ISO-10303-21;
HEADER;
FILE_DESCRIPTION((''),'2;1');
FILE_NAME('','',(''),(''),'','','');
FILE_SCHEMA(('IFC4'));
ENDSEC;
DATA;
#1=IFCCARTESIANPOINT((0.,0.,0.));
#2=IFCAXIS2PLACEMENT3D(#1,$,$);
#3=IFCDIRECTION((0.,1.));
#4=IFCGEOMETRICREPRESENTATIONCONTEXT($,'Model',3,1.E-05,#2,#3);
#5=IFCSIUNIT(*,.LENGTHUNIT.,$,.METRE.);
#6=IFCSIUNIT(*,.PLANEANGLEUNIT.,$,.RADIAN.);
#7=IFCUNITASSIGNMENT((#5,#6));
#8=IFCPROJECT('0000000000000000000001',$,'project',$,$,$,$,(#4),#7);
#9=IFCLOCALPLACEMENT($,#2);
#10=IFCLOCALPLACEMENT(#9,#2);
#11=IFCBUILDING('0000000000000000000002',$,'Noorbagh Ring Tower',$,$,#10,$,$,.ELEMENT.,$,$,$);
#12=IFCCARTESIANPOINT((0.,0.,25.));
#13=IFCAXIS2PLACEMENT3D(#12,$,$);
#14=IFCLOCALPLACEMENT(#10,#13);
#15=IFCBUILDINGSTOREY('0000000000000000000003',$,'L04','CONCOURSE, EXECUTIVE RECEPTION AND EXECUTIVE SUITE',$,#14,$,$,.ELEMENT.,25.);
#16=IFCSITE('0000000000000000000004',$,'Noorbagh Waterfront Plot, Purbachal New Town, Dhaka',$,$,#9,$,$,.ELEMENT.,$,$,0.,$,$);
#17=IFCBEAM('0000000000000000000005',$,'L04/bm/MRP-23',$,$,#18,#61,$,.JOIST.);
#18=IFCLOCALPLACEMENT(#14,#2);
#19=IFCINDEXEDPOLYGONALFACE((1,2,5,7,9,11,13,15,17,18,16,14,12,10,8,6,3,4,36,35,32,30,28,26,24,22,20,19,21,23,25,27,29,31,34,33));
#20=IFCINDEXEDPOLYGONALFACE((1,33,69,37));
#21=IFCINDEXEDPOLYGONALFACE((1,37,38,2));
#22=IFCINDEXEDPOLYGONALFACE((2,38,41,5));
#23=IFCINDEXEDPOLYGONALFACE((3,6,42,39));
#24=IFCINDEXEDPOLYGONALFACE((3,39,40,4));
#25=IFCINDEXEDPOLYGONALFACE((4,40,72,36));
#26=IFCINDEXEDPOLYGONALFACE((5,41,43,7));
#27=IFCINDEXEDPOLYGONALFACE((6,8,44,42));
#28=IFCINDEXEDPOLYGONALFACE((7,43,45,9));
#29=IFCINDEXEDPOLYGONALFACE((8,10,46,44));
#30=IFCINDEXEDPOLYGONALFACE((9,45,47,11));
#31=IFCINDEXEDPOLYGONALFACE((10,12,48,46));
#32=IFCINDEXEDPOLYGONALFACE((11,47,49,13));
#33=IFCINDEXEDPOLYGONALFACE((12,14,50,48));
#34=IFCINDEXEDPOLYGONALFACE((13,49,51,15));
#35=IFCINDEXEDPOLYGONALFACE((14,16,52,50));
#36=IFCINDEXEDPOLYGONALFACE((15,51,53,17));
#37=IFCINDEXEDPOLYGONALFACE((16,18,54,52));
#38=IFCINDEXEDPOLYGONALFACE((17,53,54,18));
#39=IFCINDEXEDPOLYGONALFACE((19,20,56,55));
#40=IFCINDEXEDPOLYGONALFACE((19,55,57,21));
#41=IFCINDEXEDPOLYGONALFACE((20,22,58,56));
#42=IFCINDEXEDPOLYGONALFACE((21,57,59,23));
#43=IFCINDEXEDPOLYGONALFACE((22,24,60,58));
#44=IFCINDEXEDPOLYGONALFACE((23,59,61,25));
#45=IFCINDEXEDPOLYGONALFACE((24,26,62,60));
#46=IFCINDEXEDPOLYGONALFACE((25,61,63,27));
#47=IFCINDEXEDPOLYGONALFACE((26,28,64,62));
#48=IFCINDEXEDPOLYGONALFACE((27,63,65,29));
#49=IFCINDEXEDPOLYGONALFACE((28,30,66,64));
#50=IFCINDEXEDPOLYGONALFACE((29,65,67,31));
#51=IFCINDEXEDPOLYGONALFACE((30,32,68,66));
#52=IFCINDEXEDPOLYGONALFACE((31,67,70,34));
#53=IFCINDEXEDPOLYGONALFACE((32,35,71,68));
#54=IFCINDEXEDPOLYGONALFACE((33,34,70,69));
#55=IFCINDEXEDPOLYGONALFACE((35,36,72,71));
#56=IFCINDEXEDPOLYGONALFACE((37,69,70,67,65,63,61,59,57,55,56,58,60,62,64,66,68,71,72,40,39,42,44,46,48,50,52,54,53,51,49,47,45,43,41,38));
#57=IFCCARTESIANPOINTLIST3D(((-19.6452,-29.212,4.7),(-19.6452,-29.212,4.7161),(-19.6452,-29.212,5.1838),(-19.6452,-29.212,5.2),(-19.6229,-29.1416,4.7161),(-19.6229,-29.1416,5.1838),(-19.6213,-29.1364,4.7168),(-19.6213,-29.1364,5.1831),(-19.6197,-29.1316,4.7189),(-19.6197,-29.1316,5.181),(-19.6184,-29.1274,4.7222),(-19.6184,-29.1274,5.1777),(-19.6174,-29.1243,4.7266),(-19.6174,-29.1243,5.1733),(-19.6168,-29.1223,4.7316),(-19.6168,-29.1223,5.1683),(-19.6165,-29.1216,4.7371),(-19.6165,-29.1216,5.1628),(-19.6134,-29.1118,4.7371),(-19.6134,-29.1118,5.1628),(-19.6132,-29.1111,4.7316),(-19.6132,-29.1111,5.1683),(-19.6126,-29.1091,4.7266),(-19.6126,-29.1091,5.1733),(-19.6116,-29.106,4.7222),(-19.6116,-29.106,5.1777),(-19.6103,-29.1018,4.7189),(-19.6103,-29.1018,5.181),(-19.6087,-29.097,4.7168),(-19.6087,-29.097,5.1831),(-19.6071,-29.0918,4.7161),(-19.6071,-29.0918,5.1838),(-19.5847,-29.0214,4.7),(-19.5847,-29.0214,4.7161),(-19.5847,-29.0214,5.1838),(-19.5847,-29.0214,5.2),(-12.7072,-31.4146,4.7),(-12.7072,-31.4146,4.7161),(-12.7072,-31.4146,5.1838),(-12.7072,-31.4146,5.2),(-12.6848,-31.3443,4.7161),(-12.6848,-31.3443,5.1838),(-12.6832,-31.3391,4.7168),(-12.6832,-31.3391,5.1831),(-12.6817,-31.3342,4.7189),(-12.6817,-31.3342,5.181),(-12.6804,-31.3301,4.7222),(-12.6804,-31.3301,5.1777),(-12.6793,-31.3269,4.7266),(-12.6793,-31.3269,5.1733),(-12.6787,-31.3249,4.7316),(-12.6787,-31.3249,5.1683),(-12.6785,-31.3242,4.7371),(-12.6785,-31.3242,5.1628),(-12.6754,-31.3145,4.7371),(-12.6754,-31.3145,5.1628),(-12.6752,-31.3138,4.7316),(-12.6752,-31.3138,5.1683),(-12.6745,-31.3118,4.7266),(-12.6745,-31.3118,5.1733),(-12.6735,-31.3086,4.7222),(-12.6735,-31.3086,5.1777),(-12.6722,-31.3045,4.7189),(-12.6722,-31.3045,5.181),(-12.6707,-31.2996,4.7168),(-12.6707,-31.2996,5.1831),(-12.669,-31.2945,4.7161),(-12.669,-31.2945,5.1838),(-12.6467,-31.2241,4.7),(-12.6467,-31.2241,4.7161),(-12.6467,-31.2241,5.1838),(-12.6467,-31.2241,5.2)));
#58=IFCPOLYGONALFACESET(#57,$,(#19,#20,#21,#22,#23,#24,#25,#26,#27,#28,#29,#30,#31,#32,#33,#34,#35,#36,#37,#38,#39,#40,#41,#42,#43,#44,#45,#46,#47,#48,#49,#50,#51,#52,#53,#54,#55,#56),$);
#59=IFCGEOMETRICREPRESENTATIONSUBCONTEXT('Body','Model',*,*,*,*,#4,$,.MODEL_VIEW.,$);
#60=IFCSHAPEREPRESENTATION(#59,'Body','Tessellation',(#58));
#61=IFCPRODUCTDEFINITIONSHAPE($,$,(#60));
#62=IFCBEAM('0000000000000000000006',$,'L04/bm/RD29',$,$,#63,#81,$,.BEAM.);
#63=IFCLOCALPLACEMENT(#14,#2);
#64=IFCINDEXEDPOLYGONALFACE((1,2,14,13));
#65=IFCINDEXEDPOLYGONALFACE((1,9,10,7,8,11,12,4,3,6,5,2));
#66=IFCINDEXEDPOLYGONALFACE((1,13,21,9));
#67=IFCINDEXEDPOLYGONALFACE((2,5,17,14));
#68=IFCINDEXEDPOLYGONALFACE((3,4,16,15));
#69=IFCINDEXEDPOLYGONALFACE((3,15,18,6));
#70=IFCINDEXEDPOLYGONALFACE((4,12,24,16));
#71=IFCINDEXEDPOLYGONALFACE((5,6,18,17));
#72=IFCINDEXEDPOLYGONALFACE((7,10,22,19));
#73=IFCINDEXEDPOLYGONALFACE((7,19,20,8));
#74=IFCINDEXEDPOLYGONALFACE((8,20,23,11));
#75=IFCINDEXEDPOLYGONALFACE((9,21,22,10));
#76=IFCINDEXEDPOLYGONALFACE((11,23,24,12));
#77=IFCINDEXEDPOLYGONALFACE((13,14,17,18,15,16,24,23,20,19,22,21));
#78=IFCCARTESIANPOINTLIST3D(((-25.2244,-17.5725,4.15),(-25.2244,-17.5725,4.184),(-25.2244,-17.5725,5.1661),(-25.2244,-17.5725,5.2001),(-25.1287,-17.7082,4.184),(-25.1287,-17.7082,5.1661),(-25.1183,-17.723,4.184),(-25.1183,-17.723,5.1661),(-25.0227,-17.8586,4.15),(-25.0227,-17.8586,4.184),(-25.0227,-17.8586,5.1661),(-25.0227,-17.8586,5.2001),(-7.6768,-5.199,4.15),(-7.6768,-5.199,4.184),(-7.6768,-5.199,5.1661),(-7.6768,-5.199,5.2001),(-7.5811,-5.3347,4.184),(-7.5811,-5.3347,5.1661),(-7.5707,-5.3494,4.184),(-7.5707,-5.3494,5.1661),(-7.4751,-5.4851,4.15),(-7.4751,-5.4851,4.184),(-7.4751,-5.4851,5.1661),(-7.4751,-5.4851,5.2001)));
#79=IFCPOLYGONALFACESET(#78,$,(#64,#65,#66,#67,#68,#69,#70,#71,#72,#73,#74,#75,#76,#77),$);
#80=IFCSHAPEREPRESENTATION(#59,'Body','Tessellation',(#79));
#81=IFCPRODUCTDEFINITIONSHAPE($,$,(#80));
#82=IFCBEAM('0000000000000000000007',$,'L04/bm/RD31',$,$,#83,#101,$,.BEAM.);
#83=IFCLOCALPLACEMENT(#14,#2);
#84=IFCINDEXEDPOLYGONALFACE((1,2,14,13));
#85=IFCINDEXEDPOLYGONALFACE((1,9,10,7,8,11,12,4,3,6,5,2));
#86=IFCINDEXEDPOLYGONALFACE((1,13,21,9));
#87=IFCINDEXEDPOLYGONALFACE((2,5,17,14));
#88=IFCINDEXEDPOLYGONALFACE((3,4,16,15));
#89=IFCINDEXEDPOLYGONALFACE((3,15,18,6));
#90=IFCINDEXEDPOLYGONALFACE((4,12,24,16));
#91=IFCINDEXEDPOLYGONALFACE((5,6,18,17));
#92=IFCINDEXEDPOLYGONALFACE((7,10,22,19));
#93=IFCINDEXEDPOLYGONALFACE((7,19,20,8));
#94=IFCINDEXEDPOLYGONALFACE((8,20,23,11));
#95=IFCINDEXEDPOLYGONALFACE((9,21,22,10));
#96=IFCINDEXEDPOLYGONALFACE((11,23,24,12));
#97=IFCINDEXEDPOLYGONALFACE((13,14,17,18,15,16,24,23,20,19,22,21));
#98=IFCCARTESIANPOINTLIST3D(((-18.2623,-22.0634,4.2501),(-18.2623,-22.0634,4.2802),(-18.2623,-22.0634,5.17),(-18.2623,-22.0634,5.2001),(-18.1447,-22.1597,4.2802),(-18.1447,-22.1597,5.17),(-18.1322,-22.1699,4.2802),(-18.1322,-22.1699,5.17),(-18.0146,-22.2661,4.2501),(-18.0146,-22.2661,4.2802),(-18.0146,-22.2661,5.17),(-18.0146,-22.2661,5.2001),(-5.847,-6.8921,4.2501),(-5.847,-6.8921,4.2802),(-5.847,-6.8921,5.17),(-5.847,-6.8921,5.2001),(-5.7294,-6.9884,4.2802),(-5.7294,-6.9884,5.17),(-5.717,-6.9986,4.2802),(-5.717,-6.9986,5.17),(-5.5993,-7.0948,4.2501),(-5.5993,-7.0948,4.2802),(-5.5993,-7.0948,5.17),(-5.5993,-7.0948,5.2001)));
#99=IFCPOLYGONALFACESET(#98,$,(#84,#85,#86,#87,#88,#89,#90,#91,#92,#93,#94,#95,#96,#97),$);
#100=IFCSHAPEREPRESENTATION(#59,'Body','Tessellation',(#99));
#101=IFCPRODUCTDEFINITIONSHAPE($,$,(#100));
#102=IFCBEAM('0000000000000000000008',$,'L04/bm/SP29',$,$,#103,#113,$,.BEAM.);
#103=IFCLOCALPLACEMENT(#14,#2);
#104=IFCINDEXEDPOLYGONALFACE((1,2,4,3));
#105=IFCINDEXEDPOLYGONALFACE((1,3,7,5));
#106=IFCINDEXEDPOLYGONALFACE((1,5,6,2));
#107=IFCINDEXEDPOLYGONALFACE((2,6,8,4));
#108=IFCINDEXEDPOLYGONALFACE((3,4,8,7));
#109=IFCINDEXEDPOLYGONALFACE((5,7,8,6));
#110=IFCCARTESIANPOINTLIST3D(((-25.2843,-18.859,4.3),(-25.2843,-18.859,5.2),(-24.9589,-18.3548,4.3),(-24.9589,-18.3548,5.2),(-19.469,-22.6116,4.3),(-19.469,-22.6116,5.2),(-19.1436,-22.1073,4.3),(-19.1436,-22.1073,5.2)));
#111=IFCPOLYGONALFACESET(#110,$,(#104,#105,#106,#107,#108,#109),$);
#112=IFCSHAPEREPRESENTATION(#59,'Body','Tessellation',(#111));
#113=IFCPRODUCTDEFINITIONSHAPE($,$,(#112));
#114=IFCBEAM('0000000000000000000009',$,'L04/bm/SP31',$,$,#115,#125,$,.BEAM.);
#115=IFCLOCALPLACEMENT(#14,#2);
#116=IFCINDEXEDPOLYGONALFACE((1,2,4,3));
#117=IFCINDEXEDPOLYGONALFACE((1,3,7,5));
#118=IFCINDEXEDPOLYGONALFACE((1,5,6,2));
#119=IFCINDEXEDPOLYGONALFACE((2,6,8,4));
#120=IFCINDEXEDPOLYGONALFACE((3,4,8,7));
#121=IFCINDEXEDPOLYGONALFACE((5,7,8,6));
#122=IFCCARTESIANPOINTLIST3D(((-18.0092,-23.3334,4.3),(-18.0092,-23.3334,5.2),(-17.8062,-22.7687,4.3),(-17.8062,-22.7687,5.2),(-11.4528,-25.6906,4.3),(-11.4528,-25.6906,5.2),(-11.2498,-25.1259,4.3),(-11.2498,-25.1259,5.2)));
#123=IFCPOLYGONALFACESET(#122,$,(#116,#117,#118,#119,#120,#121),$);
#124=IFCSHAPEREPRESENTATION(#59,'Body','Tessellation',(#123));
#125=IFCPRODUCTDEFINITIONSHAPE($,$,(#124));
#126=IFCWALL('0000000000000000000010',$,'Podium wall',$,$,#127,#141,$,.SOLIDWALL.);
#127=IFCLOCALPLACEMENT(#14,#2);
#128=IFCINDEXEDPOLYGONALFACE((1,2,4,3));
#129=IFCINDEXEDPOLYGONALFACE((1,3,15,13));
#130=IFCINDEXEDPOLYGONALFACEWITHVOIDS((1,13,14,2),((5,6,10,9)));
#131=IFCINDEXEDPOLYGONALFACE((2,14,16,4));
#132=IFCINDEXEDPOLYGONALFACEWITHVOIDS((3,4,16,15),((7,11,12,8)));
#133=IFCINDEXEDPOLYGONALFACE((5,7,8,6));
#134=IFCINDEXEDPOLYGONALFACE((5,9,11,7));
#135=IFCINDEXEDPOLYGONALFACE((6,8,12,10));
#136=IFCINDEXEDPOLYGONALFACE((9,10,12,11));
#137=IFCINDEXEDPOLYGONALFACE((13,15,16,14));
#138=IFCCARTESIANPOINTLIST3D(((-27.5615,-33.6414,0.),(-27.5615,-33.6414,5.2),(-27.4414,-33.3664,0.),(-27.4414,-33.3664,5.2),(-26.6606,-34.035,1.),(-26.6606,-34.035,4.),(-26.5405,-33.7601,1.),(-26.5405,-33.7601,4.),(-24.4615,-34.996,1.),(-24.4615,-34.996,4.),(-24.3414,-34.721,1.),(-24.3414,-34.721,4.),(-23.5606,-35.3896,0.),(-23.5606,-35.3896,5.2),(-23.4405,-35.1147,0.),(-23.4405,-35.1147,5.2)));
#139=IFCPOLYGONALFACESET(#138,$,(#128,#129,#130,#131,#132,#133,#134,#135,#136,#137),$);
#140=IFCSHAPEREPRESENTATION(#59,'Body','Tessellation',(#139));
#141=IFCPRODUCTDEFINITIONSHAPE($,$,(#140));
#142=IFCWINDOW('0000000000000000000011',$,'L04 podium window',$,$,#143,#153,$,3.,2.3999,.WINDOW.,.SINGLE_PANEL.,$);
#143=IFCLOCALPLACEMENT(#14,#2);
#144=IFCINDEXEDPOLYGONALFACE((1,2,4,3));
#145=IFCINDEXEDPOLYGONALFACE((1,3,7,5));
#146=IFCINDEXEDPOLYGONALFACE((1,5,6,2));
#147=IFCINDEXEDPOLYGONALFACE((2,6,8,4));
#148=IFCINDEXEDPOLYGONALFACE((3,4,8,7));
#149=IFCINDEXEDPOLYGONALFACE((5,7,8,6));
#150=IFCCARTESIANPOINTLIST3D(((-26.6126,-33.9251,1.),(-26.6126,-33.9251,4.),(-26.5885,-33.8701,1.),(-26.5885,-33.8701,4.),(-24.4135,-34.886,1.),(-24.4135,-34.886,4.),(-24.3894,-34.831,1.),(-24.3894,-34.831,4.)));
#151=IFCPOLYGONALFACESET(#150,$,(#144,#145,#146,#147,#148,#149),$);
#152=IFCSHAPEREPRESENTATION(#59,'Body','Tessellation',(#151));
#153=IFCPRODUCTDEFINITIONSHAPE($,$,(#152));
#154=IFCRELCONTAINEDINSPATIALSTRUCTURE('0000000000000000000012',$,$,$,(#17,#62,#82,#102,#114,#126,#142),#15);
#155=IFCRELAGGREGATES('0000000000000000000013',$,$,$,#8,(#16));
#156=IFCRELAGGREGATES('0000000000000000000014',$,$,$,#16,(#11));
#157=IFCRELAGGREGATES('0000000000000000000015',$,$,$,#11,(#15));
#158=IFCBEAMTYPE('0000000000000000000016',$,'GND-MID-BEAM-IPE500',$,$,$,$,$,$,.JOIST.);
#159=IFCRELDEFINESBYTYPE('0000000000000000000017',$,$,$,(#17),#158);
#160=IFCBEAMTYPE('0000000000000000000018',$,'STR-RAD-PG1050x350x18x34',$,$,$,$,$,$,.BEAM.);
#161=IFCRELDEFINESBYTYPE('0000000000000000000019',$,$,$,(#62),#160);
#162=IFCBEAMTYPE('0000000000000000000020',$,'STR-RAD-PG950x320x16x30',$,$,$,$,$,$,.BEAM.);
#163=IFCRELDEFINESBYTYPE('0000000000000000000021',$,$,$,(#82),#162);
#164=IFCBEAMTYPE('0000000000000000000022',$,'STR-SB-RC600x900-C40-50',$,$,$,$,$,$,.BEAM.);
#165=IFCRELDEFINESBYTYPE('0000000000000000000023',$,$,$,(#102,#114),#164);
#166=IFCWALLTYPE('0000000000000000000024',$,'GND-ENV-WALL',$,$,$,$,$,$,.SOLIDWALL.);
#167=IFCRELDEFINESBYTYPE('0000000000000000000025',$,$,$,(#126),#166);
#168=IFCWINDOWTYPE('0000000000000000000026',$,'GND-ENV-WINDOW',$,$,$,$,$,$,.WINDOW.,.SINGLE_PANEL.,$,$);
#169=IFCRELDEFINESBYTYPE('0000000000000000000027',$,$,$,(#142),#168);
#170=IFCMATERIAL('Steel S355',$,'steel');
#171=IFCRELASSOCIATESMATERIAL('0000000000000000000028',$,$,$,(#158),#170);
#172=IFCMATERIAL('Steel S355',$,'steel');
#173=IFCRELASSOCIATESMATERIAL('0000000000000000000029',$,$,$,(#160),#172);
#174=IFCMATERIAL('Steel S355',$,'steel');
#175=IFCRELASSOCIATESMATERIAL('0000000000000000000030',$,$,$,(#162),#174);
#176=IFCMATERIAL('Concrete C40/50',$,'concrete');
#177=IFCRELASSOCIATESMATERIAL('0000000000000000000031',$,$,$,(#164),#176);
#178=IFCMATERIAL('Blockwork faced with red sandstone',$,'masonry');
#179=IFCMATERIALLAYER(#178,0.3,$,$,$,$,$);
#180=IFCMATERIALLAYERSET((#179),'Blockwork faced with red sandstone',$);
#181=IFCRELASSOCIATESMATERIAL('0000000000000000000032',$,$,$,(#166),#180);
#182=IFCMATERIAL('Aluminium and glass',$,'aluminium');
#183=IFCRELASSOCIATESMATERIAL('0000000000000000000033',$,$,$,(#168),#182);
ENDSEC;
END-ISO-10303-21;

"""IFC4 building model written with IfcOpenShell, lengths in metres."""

from ifc_helpers import new_model, si_unit, direction, frame, frame_2d, origin, origin_2d, place, context, subcontext, project, spatial, rectangle, i_section, extrude, material, layer, layer_set, material_profile, profile_set, type_object, element, fill, save


model = new_model("IFC4")

# Units and contexts
model_context = context("Model", 3, precision=1e-05, world=origin(), true_north=direction((0.0, 1.0)))
body_context = subcontext(model_context, "Body", "Model", "MODEL_VIEW")
ifc_project = project(units=[si_unit("LENGTHUNIT", "METRE"), si_unit("PLANEANGLEUNIT", "RADIAN")], contexts=[model_context])

# Site, building, storey
site_placement = place(None, origin())
site = spatial("IfcSite", under=ifc_project, at=site_placement, Name="Noorbagh Waterfront Plot, Purbachal New Town, Dhaka", CompositionType="ELEMENT", RefElevation=0.0)
building_placement = place(site_placement, origin())
building = spatial("IfcBuilding", under=site, at=building_placement, Name="Noorbagh Ring Tower", CompositionType="ELEMENT")
storey_placement = place(building_placement, frame((0.0, 0.0, 25.0)))
storey = spatial("IfcBuildingStorey", under=building, at=storey_placement, Name="L04", Description="CONCOURSE, EXECUTIVE RECEPTION AND EXECUTIVE SUITE", CompositionType="ELEMENT", Elevation=25.0)

# Beams
ifc_material_1 = material(Name="Steel S355", Category="steel")
ifc_material_profile_1 = material_profile(ifc_material_1, i_section(OverallWidth=0.2, OverallDepth=0.5, WebThickness=0.0103, FlangeThickness=0.0161, FilletRadius=0.021, at=origin_2d()), Name="IPE500")
ifc_profile_set_1 = profile_set([ifc_material_profile_1], Name="Steel S355")
beam_type_1 = type_object("IfcBeamType", Name="GND-MID-BEAM-IPE500", PredefinedType="JOIST", material=ifc_profile_set_1)
beam_1_placement = place(storey_placement, frame((-19.615, -29.1167, 4.95), z_axis=(0.95312, -0.302592, 0.0), x_axis=(0.302592, 0.95312, 0.0)))
element("IfcBeam", 1, at=beam_1_placement, inside=storey, type_object=beam_type_1, Name="L04/bm/MRP-23", PredefinedType="JOIST", context=body_context, shape_type="SweptSolid", body=[
    extrude(i_section(OverallWidth=0.2, OverallDepth=0.5, WebThickness=0.0103, FlangeThickness=0.0161, FilletRadius=0.021, at=origin_2d()), origin(), (0.0, 0.0, 1.0), 7.2793),
])
ifc_material_2 = material(Name="Steel S355", Category="steel")
ifc_material_profile_2 = material_profile(ifc_material_2, i_section(OverallWidth=0.3501, OverallDepth=1.05, WebThickness=0.0181, FlangeThickness=0.0339, at=origin_2d()), Name="PG1050x350x18x34")
ifc_profile_set_2 = profile_set([ifc_material_profile_2], Name="Steel S355")
beam_type_2 = type_object("IfcBeamType", Name="STR-RAD-PG1050x350x18x34", PredefinedType="BEAM", material=ifc_profile_set_2)
beam_2_placement = place(storey_placement, frame((-25.1235, -17.7156, 4.675), z_axis=(0.817253, 0.576279, 0.0), x_axis=(-0.576279, 0.817253, 0.0)))
element("IfcBeam", 2, at=beam_2_placement, inside=storey, type_object=beam_type_2, Name="L04/bm/RD29", PredefinedType="BEAM", context=body_context, shape_type="SweptSolid", body=[
    extrude(i_section(OverallWidth=0.3501, OverallDepth=1.05, WebThickness=0.0181, FlangeThickness=0.0339, at=origin_2d()), origin(), (0.0, 0.0, 1.0), 21.4714),
])
ifc_material_3 = material(Name="Steel S355", Category="steel")
ifc_material_profile_3 = material_profile(ifc_material_3, i_section(OverallWidth=0.3201, OverallDepth=0.95, WebThickness=0.0161, FlangeThickness=0.03, at=origin_2d()), Name="PG950x320x16x30")
ifc_profile_set_3 = profile_set([ifc_material_profile_3], Name="Steel S355")
beam_type_3 = type_object("IfcBeamType", Name="STR-RAD-PG950x320x16x30", PredefinedType="BEAM", material=ifc_profile_set_3)
beam_3_placement = place(storey_placement, frame((-18.1384, -22.1648, 4.7251), z_axis=(0.633309, 0.773899, 0.0), x_axis=(-0.773899, 0.633309, 0.0)))
element("IfcBeam", 3, at=beam_3_placement, inside=storey, type_object=beam_type_3, Name="L04/bm/RD31", PredefinedType="BEAM", context=body_context, shape_type="SweptSolid", body=[
    extrude(i_section(OverallWidth=0.3201, OverallDepth=0.95, WebThickness=0.0161, FlangeThickness=0.03, at=origin_2d()), origin(), (0.0, 0.0, 1.0), 19.6038),
])
ifc_material_4 = material(Name="Concrete C40/50", Category="concrete")
ifc_material_profile_4 = material_profile(ifc_material_4, rectangle(XDim=0.6001, YDim=0.8999, at=origin_2d()), Name="RC600x900")
ifc_profile_set_4 = profile_set([ifc_material_profile_4], Name="Concrete C40/50")
beam_type_4 = type_object("IfcBeamType", Name="STR-SB-RC600x900-C40-50", PredefinedType="BEAM", material=ifc_profile_set_4)
beam_4_placement = place(storey_placement, frame((-25.1216, -18.6069, 4.75), z_axis=(0.84025, -0.542199, 0.0), x_axis=(0.542199, 0.84025, 0.0)))
element("IfcBeam", 4, at=beam_4_placement, inside=storey, type_object=beam_type_4, Name="L04/bm/SP29", PredefinedType="BEAM", context=body_context, shape_type="SweptSolid", body=[
    extrude(rectangle(XDim=0.6001, YDim=0.8999, at=origin_2d()), origin(), (0.0, 0.0, 1.0), 6.9209),
])
beam_5_placement = place(storey_placement, frame((-17.9077, -23.051, 4.75), z_axis=(0.94103, -0.338322, 0.0), x_axis=(0.338322, 0.94103, 0.0)))
element("IfcBeam", 5, at=beam_5_placement, inside=storey, type_object=beam_type_4, Name="L04/bm/SP31", PredefinedType="BEAM", context=body_context, shape_type="SweptSolid", body=[
    extrude(rectangle(XDim=0.6001, YDim=0.8999, at=origin_2d()), origin(), (0.0, 0.0, 1.0), 6.9673),
])

# Wall, opening, window
ifc_material_5 = material(Name="Blockwork faced with red sandstone", Category="masonry")
ifc_layer_1 = layer(ifc_material_5, 0.3)
ifc_layer_set_1 = layer_set([ifc_layer_1], Name="Blockwork faced with red sandstone")
wall_type_1 = type_object("IfcWallType", Name="GND-ENV-WALL", PredefinedType="SOLIDWALL", material=ifc_layer_set_1)
wall_1_placement = place(storey_placement, frame((-27.5015, -33.5039, 0.0), z_axis=(0.0, 0.0, 1.0), x_axis=(0.916337, -0.400408, 0.0)))
wall_1 = element("IfcWall", 6, at=wall_1_placement, inside=storey, type_object=wall_type_1, Name="Podium wall", PredefinedType="SOLIDWALL", context=body_context, shape_type="SweptSolid", body=[
    extrude(rectangle(XDim=4.3662, YDim=0.3, at=frame_2d((2.1831, 0.0))), origin(), (0.0, 0.0, 1.0), 5.2),
])
opening_1_placement = place(wall_1_placement, frame((0.9832, 0.0, 1.0)))
opening_1 = element("IfcOpeningElement", 7, at=opening_1_placement, cuts=wall_1, PredefinedType="OPENING", context=body_context, shape_type="SweptSolid", body=[
    extrude(rectangle(XDim=2.3999, YDim=3.0, at=frame_2d((1.2, 1.5))), frame((0.0, 0.1602, 0.0), z_axis=(0.0, -1.0, 0.0), x_axis=(1.0, 0.0, 0.0)), (0.0, 0.0, 1.0), 0.3201),
])
ifc_material_6 = material(Name="Aluminium and glass", Category="aluminium")
window_type = type_object("IfcWindowType", Name="GND-ENV-WINDOW", PartitioningType="SINGLE_PANEL", PredefinedType="WINDOW", material=ifc_material_6)
window_1_placement = place(opening_1_placement, origin())
window_1 = element("IfcWindow", 8, at=window_1_placement, inside=storey, type_object=window_type, Name="L04 podium window", OverallHeight=3.0, OverallWidth=2.3999, PartitioningType="SINGLE_PANEL", PredefinedType="WINDOW", context=body_context, shape_type="SweptSolid", body=[
    extrude(rectangle(XDim=2.3999, YDim=3.0, at=frame_2d((1.2, 1.5))), frame((0.0, 0.03, 0.0), z_axis=(0.0, -1.0, 0.0), x_axis=(1.0, 0.0, 0.0)), (0.0, 0.0, 1.0), 0.0601),
])
fill(opening_1, window_1)

save(model, "model.ifc")
